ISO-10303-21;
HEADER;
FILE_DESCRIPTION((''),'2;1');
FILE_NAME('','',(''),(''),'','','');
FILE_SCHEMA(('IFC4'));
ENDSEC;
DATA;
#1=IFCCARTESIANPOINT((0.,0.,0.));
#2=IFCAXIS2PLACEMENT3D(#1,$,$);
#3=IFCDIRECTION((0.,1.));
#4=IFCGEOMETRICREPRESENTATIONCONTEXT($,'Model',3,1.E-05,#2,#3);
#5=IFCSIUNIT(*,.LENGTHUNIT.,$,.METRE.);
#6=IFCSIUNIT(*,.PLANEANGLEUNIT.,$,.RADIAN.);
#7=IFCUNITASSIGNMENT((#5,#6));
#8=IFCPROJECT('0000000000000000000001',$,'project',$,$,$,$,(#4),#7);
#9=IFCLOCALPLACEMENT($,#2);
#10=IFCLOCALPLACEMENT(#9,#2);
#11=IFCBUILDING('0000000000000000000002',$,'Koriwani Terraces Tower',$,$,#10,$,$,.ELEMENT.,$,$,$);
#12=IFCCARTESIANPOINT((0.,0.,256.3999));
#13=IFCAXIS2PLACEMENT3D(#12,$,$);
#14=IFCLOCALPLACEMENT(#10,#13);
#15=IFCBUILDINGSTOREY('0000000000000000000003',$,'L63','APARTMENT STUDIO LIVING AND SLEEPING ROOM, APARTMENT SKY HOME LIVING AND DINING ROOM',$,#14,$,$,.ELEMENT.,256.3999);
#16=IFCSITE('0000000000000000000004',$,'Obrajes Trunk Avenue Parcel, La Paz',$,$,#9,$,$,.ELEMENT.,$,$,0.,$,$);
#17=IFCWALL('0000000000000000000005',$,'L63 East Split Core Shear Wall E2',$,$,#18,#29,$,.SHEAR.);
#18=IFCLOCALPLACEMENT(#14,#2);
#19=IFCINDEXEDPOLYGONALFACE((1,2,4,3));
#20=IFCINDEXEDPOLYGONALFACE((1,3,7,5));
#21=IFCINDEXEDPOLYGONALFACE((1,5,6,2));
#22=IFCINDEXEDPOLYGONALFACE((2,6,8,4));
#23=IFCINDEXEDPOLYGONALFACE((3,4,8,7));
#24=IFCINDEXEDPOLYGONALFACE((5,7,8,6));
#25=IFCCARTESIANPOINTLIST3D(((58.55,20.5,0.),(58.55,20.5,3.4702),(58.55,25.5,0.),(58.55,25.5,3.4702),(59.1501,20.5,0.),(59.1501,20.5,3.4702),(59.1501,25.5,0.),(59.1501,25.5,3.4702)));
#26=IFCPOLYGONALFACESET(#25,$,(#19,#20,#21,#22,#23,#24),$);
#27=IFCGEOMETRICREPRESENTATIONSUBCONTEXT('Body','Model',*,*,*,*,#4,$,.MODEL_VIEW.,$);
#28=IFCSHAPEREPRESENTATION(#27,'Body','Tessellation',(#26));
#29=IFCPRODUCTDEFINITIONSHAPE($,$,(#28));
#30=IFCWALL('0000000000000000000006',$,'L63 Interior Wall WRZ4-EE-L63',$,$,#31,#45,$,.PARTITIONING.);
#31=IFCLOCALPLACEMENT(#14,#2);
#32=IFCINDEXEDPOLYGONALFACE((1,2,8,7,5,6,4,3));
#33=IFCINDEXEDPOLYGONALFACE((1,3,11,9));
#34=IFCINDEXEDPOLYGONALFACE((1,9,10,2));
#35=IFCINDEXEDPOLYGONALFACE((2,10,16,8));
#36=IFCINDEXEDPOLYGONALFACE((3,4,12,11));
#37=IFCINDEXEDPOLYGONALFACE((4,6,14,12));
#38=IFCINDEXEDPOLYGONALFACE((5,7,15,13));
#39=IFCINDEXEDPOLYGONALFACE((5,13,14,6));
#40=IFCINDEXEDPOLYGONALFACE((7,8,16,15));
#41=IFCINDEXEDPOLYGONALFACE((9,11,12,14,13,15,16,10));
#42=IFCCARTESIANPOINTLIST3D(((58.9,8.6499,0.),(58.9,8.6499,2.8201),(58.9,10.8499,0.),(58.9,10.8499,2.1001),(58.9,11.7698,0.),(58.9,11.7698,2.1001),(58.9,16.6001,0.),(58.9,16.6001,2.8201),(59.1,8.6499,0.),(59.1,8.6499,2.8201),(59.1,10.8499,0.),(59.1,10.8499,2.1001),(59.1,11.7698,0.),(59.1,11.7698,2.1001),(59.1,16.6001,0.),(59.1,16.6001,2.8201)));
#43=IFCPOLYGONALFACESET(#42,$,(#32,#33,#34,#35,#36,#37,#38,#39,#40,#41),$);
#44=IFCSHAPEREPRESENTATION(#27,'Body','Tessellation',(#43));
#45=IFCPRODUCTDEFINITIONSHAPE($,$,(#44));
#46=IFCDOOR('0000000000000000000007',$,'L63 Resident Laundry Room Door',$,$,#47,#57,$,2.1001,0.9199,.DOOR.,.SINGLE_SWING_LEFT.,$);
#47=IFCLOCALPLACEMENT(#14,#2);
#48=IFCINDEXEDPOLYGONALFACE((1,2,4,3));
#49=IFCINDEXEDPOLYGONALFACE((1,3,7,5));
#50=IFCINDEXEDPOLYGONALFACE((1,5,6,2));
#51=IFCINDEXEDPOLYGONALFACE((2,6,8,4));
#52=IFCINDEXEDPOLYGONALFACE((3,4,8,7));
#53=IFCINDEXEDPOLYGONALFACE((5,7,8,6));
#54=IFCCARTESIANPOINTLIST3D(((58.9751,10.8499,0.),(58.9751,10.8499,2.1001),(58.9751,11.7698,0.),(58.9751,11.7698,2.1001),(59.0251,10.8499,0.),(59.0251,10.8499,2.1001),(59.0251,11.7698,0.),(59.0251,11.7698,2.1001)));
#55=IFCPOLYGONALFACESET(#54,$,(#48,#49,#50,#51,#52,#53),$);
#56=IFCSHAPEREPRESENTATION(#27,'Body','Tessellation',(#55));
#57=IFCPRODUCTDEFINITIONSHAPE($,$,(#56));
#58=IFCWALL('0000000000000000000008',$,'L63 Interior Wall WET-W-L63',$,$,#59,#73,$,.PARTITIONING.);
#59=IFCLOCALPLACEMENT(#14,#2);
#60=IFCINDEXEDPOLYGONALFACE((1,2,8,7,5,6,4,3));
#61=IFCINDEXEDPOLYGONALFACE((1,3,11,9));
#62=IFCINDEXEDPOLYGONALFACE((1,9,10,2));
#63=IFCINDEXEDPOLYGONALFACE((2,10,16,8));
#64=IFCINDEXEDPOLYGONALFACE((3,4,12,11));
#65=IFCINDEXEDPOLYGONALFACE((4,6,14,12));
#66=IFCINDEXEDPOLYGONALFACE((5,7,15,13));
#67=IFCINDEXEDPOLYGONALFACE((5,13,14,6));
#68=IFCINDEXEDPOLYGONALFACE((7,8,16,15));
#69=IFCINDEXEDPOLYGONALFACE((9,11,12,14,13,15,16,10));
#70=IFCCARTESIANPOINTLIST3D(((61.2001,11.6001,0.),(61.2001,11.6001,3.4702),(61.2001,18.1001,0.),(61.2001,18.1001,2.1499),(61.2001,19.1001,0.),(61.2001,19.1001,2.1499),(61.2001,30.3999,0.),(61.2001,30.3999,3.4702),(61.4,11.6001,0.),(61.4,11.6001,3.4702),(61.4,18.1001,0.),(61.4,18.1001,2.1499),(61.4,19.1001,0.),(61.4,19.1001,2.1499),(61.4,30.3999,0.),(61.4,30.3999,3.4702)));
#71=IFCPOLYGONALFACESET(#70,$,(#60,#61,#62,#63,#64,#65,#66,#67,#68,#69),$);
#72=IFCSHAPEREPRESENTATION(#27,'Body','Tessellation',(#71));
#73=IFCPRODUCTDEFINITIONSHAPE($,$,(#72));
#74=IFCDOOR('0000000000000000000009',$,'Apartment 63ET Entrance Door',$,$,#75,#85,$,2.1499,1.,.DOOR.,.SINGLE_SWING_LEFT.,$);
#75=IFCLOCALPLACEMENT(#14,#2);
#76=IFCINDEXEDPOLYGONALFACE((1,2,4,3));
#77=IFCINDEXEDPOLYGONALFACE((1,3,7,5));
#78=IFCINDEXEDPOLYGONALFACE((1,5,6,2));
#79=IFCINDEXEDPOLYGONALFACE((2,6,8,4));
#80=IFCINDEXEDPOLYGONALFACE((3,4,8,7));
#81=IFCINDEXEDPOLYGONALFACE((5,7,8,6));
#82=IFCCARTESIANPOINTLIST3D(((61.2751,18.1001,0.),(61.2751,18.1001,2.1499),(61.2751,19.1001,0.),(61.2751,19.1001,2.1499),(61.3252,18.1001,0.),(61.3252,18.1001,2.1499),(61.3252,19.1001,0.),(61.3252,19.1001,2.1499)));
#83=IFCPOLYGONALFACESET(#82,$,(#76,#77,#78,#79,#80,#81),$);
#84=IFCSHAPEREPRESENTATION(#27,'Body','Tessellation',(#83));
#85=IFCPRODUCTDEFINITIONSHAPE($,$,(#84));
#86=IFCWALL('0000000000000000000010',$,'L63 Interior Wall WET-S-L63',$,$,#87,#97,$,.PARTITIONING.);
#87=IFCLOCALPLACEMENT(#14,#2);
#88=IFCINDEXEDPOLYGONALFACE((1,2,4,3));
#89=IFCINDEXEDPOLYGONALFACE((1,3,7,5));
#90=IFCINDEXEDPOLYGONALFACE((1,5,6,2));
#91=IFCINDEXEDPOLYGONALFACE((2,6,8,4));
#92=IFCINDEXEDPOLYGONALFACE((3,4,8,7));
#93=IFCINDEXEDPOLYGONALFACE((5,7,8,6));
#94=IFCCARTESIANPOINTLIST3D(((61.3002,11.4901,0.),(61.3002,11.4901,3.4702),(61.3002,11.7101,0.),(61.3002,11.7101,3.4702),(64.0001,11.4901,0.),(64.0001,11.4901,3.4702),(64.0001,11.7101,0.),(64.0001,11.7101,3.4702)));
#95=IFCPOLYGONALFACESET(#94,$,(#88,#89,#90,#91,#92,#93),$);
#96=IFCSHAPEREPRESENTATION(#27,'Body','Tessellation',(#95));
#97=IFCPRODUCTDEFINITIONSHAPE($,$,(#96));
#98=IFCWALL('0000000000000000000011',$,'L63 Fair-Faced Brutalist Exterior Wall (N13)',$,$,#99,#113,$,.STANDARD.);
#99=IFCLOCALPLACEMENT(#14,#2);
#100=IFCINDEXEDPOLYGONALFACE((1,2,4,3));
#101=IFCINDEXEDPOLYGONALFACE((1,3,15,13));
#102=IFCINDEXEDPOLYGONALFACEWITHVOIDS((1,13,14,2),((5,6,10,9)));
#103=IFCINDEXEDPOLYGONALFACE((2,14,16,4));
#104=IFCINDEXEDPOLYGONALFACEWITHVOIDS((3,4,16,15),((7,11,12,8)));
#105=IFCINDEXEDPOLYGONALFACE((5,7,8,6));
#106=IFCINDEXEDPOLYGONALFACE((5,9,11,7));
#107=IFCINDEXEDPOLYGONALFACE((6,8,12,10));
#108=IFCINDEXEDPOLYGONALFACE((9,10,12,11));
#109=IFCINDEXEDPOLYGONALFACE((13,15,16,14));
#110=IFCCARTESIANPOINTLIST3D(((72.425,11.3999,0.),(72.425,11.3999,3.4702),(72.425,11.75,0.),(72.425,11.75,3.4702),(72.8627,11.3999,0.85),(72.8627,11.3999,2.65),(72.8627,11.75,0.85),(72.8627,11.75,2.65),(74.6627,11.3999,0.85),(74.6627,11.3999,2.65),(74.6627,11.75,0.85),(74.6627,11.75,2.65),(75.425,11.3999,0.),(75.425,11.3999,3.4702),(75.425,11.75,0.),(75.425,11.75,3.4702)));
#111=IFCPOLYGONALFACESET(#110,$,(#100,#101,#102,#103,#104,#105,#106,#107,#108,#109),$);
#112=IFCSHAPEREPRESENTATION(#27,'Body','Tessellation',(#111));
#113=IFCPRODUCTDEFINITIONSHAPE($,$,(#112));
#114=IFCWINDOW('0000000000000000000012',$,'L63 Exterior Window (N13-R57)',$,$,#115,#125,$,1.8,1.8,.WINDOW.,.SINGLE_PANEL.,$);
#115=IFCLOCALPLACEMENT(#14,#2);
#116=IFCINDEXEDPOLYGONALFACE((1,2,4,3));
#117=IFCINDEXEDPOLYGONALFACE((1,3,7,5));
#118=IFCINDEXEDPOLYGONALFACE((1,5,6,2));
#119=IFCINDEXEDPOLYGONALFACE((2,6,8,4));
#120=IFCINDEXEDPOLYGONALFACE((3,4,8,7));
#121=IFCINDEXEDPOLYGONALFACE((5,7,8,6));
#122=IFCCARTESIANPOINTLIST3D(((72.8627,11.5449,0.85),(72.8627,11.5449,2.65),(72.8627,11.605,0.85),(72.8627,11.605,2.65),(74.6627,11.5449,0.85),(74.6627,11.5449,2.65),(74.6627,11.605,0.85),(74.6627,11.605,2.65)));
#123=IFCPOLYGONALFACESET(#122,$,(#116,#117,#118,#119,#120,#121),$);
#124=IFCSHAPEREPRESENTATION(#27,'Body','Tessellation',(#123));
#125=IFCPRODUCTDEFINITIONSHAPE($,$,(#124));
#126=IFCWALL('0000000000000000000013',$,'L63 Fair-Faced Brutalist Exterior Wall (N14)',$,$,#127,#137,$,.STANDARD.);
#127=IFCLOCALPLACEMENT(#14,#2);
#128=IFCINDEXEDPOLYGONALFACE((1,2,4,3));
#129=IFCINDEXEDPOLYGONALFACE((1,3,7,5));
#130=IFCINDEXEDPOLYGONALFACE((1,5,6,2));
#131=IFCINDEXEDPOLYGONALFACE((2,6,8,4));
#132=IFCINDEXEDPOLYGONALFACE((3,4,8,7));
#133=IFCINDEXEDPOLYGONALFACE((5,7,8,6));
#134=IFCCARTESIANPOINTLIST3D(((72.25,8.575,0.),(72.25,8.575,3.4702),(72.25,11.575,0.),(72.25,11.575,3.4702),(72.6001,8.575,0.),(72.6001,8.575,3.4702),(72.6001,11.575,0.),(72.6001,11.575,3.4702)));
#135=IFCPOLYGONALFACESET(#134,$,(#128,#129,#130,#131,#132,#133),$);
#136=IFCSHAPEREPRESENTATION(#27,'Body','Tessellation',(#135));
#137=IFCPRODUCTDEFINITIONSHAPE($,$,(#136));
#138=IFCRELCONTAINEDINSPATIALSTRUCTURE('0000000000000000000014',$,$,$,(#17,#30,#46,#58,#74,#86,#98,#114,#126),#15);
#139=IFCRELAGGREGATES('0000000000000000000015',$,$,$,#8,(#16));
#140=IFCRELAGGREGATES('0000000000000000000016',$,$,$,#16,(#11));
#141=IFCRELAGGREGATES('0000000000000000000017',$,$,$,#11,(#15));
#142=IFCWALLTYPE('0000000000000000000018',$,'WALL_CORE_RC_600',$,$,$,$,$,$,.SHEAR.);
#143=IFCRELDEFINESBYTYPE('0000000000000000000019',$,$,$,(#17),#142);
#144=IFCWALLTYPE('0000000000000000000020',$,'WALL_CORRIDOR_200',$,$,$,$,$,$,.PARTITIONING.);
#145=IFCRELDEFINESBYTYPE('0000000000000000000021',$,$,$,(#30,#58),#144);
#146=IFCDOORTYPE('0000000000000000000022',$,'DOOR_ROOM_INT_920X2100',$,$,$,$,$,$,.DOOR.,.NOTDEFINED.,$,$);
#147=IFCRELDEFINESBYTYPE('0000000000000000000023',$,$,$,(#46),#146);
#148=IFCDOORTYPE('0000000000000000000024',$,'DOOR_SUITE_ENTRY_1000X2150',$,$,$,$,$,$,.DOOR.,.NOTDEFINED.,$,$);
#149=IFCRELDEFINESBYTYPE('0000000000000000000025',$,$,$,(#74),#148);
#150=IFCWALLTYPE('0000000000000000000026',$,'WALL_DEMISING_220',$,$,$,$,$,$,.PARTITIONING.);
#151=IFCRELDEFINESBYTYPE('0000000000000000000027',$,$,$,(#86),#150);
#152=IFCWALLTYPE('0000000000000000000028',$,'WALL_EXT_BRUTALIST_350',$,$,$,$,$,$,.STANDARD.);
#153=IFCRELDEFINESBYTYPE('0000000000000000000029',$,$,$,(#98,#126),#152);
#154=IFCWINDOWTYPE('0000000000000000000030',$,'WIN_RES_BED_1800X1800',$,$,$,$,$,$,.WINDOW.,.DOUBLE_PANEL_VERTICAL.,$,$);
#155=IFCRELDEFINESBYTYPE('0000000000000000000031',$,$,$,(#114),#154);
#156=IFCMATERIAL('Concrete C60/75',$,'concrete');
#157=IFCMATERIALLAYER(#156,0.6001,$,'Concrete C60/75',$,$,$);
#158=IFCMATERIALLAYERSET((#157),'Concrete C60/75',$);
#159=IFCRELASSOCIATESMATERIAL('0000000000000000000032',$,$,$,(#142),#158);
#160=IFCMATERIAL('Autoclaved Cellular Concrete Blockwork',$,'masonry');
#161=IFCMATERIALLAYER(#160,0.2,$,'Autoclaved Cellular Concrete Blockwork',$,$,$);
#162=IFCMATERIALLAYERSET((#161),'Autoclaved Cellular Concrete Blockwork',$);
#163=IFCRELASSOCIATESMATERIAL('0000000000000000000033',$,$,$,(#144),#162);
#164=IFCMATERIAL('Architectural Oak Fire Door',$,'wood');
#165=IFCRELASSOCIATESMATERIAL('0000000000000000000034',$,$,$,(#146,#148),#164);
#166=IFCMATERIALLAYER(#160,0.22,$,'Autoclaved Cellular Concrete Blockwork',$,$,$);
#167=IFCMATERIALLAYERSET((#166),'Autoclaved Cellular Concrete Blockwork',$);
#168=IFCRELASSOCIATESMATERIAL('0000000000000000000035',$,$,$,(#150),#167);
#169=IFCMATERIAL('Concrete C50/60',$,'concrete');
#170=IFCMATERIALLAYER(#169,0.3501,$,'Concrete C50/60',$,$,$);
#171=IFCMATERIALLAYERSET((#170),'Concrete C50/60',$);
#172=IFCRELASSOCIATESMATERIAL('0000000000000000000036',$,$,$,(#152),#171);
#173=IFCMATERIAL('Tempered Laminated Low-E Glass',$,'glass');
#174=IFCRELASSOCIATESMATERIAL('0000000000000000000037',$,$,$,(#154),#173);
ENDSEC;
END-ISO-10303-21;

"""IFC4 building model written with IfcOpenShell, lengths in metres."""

from ifc_helpers import new_model, si_unit, direction, frame, frame_2d, origin, place, context, subcontext, project, spatial, rectangle, extrude, material, layer, layer_set, type_object, element, fill, save


model = new_model("IFC4")

# Units and contexts
model_context = context("Model", 3, precision=1e-05, world=origin(), true_north=direction((0.0, 1.0)))
body_context = subcontext(model_context, "Body", "Model", "MODEL_VIEW")
ifc_project = project(units=[si_unit("LENGTHUNIT", "METRE"), si_unit("PLANEANGLEUNIT", "RADIAN")], contexts=[model_context])

# Site, building, storey
site_placement = place(None, origin())
site = spatial("IfcSite", under=ifc_project, at=site_placement, Name="Obrajes Trunk Avenue Parcel, La Paz", CompositionType="ELEMENT", RefElevation=0.0)
building_placement = place(site_placement, origin())
building = spatial("IfcBuilding", under=site, at=building_placement, Name="Koriwani Terraces Tower", CompositionType="ELEMENT")
storey_placement = place(building_placement, frame((0.0, 0.0, 256.3999)))
storey = spatial("IfcBuildingStorey", under=building, at=storey_placement, Name="L63", Description="APARTMENT STUDIO LIVING AND SLEEPING ROOM, APARTMENT SKY HOME LIVING AND DINING ROOM", CompositionType="ELEMENT", Elevation=256.3999)

# Shared definitions
ifc_material_1 = material(Name="Concrete C50/60", Category="concrete")

# Wall
ifc_material_2 = material(Name="Concrete C60/75", Category="concrete")
ifc_layer_1 = layer(ifc_material_2, 0.6001, Name="Concrete C60/75")
ifc_layer_set_1 = layer_set([ifc_layer_1], Name="Concrete C60/75")
wall_type_1 = type_object("IfcWallType", Name="WALL_CORE_RC_600", PredefinedType="SHEAR", material=ifc_layer_set_1)
wall_1_placement = place(storey_placement, frame((58.8501, 20.5, 0.0), z_axis=(0.0, 0.0, 1.0), x_axis=(0.0, 1.0, 0.0)))
element("IfcWall", 1, at=wall_1_placement, inside=storey, type_object=wall_type_1, Name="L63 East Split Core Shear Wall E2", PredefinedType="SHEAR", context=body_context, shape_type="SweptSolid", body=[
    extrude(rectangle(XDim=5.0, YDim=0.6001, at=frame_2d((2.5, 0.0))), origin(), (0.0, 0.0, 1.0), 3.4702),
])

# Walls, openings, doors
ifc_material_3 = material(Name="Autoclaved Cellular Concrete Blockwork", Category="masonry")
ifc_layer_2 = layer(ifc_material_3, 0.2, Name="Autoclaved Cellular Concrete Blockwork")
ifc_layer_set_2 = layer_set([ifc_layer_2], Name="Autoclaved Cellular Concrete Blockwork")
wall_type_2 = type_object("IfcWallType", Name="WALL_CORRIDOR_200", PredefinedType="PARTITIONING", material=ifc_layer_set_2)
wall_2_placement = place(storey_placement, frame((59.0, 8.6499, 0.0), z_axis=(0.0, 0.0, 1.0), x_axis=(0.0, 1.0, 0.0)))
wall_2 = element("IfcWall", 2, at=wall_2_placement, inside=storey, type_object=wall_type_2, Name="L63 Interior Wall WRZ4-EE-L63", PredefinedType="PARTITIONING", context=body_context, shape_type="SweptSolid", body=[
    extrude(rectangle(XDim=7.9502, YDim=0.2, at=frame_2d((3.9751, 0.0))), origin(), (0.0, 0.0, 1.0), 2.8201),
])
opening_1_placement = place(wall_2_placement, frame((2.2, 0.0, 0.0)))
opening_1 = element("IfcOpeningElement", 3, at=opening_1_placement, cuts=wall_2, PredefinedType="OPENING", context=body_context, shape_type="SweptSolid", body=[
    extrude(rectangle(XDim=0.9199, YDim=2.1001, at=frame_2d((0.46, 1.05))), frame((0.0, 0.1099, 0.0), z_axis=(0.0, -1.0, 0.0), x_axis=(1.0, 0.0, 0.0)), (0.0, 0.0, 1.0), 0.22),
])
ifc_material_4 = material(Name="Architectural Oak Fire Door", Category="wood")
door_type_1 = type_object("IfcDoorType", Name="DOOR_ROOM_INT_920X2100", OperationType="NOTDEFINED", PredefinedType="DOOR", material=ifc_material_4)
door_1_placement = place(opening_1_placement, origin())
door_1 = element("IfcDoor", 4, at=door_1_placement, inside=storey, type_object=door_type_1, Name="L63 Resident Laundry Room Door", OperationType="SINGLE_SWING_LEFT", OverallHeight=2.1001, OverallWidth=0.9199, PredefinedType="DOOR", context=body_context, shape_type="SweptSolid", body=[
    extrude(rectangle(XDim=0.9199, YDim=2.1001, at=frame_2d((0.46, 1.05))), frame((0.0, 0.0249, 0.0), z_axis=(0.0, -1.0, 0.0), x_axis=(1.0, 0.0, 0.0)), (0.0, 0.0, 1.0), 0.05),
])
fill(opening_1, door_1)
wall_3_placement = place(storey_placement, frame((61.3, 11.6001, 0.0), z_axis=(0.0, 0.0, 1.0), x_axis=(0.0, 1.0, 0.0)))
wall_3 = element("IfcWall", 5, at=wall_3_placement, inside=storey, type_object=wall_type_2, Name="L63 Interior Wall WET-W-L63", PredefinedType="PARTITIONING", context=body_context, shape_type="SweptSolid", body=[
    extrude(rectangle(XDim=18.7998, YDim=0.2, at=frame_2d((9.3999, 0.0))), origin(), (0.0, 0.0, 1.0), 3.4702),
])
opening_2_placement = place(wall_3_placement, frame((6.5, 0.0, 0.0)))
opening_2 = element("IfcOpeningElement", 6, at=opening_2_placement, cuts=wall_3, PredefinedType="OPENING", context=body_context, shape_type="SweptSolid", body=[
    extrude(rectangle(XDim=1.0, YDim=2.1499, at=frame_2d((0.5, 1.075))), frame((0.0, 0.1099, 0.0), z_axis=(0.0, -1.0, 0.0), x_axis=(1.0, 0.0, 0.0)), (0.0, 0.0, 1.0), 0.22),
])
door_type_2 = type_object("IfcDoorType", Name="DOOR_SUITE_ENTRY_1000X2150", OperationType="NOTDEFINED", PredefinedType="DOOR", material=ifc_material_4)
door_2_placement = place(opening_2_placement, origin())
door_2 = element("IfcDoor", 7, at=door_2_placement, inside=storey, type_object=door_type_2, Name="Apartment 63ET Entrance Door", OperationType="SINGLE_SWING_LEFT", OverallHeight=2.1499, OverallWidth=1.0, PredefinedType="DOOR", context=body_context, shape_type="SweptSolid", body=[
    extrude(rectangle(XDim=1.0, YDim=2.1499, at=frame_2d((0.5, 1.075))), frame((0.0, 0.0249, 0.0), z_axis=(0.0, -1.0, 0.0), x_axis=(1.0, 0.0, 0.0)), (0.0, 0.0, 1.0), 0.05),
])
fill(opening_2, door_2)

# Wall
ifc_layer_3 = layer(ifc_material_3, 0.22, Name="Autoclaved Cellular Concrete Blockwork")
ifc_layer_set_3 = layer_set([ifc_layer_3], Name="Autoclaved Cellular Concrete Blockwork")
wall_type_3 = type_object("IfcWallType", Name="WALL_DEMISING_220", PredefinedType="PARTITIONING", material=ifc_layer_set_3)
wall_4_placement = place(storey_placement, frame((61.3, 11.6001, 0.0), z_axis=(0.0, 0.0, 1.0), x_axis=(1.0, 0.0, 0.0)))
element("IfcWall", 8, at=wall_4_placement, inside=storey, type_object=wall_type_3, Name="L63 Interior Wall WET-S-L63", PredefinedType="PARTITIONING", context=body_context, shape_type="SweptSolid", body=[
    extrude(rectangle(XDim=2.7, YDim=0.22, at=frame_2d((1.3501, 0.0))), origin(), (0.0, 0.0, 1.0), 3.4702),
])

# Wall, opening, window
ifc_layer_4 = layer(ifc_material_1, 0.3501, Name="Concrete C50/60")
ifc_layer_set_4 = layer_set([ifc_layer_4], Name="Concrete C50/60")
wall_type_4 = type_object("IfcWallType", Name="WALL_EXT_BRUTALIST_350", PredefinedType="STANDARD", material=ifc_layer_set_4)
wall_5_placement = place(storey_placement, frame((75.425, 11.575, 0.0), z_axis=(0.0, 0.0, 1.0), x_axis=(-1.0, 0.0, 0.0)))
wall_5 = element("IfcWall", 9, at=wall_5_placement, inside=storey, type_object=wall_type_4, Name="L63 Fair-Faced Brutalist Exterior Wall (N13)", PredefinedType="STANDARD", context=body_context, shape_type="SweptSolid", body=[
    extrude(rectangle(XDim=3.0, YDim=0.3501, at=frame_2d((1.5, 0.0))), origin(), (0.0, 0.0, 1.0), 3.4702),
])
opening_3_placement = place(wall_5_placement, frame((0.7625, 0.0, 0.8501)))
opening_3 = element("IfcOpeningElement", 10, at=opening_3_placement, cuts=wall_5, PredefinedType="OPENING", context=body_context, shape_type="SweptSolid", body=[
    extrude(rectangle(XDim=1.8, YDim=1.8, at=frame_2d((0.8999, 0.8999))), frame((0.0, 0.1851, 0.0), z_axis=(0.0, -1.0, 0.0), x_axis=(1.0, 0.0, 0.0)), (0.0, 0.0, 1.0), 0.3701),
])
ifc_material_5 = material(Name="Tempered Laminated Low-E Glass", Category="glass")
window_type_1 = type_object("IfcWindowType", Name="WIN_RES_BED_1800X1800", PartitioningType="DOUBLE_PANEL_VERTICAL", PredefinedType="WINDOW", material=ifc_material_5)
window_1_placement = place(opening_3_placement, origin())
window_1 = element("IfcWindow", 11, at=window_1_placement, inside=storey, type_object=window_type_1, Name="L63 Exterior Window (N13-R57)", OverallHeight=1.8, OverallWidth=1.8, PartitioningType="SINGLE_PANEL", PredefinedType="WINDOW", context=body_context, shape_type="SweptSolid", body=[
    extrude(rectangle(XDim=1.8, YDim=1.8, at=frame_2d((0.8999, 0.8999))), frame((0.0, 0.03, 0.0), z_axis=(0.0, -1.0, 0.0), x_axis=(1.0, 0.0, 0.0)), (0.0, 0.0, 1.0), 0.0601),
])
fill(opening_3, window_1)

# Wall
wall_6_placement = place(storey_placement, frame((72.425, 11.575, 0.0), z_axis=(0.0, 0.0, 1.0), x_axis=(0.0, -1.0, 0.0)))
element("IfcWall", 12, at=wall_6_placement, inside=storey, type_object=wall_type_4, Name="L63 Fair-Faced Brutalist Exterior Wall (N14)", PredefinedType="STANDARD", context=body_context, shape_type="SweptSolid", body=[
    extrude(rectangle(XDim=3.0, YDim=0.3501, at=frame_2d((1.5, 0.0))), origin(), (0.0, 0.0, 1.0), 3.4702),
])

save(model, "model.ifc")
